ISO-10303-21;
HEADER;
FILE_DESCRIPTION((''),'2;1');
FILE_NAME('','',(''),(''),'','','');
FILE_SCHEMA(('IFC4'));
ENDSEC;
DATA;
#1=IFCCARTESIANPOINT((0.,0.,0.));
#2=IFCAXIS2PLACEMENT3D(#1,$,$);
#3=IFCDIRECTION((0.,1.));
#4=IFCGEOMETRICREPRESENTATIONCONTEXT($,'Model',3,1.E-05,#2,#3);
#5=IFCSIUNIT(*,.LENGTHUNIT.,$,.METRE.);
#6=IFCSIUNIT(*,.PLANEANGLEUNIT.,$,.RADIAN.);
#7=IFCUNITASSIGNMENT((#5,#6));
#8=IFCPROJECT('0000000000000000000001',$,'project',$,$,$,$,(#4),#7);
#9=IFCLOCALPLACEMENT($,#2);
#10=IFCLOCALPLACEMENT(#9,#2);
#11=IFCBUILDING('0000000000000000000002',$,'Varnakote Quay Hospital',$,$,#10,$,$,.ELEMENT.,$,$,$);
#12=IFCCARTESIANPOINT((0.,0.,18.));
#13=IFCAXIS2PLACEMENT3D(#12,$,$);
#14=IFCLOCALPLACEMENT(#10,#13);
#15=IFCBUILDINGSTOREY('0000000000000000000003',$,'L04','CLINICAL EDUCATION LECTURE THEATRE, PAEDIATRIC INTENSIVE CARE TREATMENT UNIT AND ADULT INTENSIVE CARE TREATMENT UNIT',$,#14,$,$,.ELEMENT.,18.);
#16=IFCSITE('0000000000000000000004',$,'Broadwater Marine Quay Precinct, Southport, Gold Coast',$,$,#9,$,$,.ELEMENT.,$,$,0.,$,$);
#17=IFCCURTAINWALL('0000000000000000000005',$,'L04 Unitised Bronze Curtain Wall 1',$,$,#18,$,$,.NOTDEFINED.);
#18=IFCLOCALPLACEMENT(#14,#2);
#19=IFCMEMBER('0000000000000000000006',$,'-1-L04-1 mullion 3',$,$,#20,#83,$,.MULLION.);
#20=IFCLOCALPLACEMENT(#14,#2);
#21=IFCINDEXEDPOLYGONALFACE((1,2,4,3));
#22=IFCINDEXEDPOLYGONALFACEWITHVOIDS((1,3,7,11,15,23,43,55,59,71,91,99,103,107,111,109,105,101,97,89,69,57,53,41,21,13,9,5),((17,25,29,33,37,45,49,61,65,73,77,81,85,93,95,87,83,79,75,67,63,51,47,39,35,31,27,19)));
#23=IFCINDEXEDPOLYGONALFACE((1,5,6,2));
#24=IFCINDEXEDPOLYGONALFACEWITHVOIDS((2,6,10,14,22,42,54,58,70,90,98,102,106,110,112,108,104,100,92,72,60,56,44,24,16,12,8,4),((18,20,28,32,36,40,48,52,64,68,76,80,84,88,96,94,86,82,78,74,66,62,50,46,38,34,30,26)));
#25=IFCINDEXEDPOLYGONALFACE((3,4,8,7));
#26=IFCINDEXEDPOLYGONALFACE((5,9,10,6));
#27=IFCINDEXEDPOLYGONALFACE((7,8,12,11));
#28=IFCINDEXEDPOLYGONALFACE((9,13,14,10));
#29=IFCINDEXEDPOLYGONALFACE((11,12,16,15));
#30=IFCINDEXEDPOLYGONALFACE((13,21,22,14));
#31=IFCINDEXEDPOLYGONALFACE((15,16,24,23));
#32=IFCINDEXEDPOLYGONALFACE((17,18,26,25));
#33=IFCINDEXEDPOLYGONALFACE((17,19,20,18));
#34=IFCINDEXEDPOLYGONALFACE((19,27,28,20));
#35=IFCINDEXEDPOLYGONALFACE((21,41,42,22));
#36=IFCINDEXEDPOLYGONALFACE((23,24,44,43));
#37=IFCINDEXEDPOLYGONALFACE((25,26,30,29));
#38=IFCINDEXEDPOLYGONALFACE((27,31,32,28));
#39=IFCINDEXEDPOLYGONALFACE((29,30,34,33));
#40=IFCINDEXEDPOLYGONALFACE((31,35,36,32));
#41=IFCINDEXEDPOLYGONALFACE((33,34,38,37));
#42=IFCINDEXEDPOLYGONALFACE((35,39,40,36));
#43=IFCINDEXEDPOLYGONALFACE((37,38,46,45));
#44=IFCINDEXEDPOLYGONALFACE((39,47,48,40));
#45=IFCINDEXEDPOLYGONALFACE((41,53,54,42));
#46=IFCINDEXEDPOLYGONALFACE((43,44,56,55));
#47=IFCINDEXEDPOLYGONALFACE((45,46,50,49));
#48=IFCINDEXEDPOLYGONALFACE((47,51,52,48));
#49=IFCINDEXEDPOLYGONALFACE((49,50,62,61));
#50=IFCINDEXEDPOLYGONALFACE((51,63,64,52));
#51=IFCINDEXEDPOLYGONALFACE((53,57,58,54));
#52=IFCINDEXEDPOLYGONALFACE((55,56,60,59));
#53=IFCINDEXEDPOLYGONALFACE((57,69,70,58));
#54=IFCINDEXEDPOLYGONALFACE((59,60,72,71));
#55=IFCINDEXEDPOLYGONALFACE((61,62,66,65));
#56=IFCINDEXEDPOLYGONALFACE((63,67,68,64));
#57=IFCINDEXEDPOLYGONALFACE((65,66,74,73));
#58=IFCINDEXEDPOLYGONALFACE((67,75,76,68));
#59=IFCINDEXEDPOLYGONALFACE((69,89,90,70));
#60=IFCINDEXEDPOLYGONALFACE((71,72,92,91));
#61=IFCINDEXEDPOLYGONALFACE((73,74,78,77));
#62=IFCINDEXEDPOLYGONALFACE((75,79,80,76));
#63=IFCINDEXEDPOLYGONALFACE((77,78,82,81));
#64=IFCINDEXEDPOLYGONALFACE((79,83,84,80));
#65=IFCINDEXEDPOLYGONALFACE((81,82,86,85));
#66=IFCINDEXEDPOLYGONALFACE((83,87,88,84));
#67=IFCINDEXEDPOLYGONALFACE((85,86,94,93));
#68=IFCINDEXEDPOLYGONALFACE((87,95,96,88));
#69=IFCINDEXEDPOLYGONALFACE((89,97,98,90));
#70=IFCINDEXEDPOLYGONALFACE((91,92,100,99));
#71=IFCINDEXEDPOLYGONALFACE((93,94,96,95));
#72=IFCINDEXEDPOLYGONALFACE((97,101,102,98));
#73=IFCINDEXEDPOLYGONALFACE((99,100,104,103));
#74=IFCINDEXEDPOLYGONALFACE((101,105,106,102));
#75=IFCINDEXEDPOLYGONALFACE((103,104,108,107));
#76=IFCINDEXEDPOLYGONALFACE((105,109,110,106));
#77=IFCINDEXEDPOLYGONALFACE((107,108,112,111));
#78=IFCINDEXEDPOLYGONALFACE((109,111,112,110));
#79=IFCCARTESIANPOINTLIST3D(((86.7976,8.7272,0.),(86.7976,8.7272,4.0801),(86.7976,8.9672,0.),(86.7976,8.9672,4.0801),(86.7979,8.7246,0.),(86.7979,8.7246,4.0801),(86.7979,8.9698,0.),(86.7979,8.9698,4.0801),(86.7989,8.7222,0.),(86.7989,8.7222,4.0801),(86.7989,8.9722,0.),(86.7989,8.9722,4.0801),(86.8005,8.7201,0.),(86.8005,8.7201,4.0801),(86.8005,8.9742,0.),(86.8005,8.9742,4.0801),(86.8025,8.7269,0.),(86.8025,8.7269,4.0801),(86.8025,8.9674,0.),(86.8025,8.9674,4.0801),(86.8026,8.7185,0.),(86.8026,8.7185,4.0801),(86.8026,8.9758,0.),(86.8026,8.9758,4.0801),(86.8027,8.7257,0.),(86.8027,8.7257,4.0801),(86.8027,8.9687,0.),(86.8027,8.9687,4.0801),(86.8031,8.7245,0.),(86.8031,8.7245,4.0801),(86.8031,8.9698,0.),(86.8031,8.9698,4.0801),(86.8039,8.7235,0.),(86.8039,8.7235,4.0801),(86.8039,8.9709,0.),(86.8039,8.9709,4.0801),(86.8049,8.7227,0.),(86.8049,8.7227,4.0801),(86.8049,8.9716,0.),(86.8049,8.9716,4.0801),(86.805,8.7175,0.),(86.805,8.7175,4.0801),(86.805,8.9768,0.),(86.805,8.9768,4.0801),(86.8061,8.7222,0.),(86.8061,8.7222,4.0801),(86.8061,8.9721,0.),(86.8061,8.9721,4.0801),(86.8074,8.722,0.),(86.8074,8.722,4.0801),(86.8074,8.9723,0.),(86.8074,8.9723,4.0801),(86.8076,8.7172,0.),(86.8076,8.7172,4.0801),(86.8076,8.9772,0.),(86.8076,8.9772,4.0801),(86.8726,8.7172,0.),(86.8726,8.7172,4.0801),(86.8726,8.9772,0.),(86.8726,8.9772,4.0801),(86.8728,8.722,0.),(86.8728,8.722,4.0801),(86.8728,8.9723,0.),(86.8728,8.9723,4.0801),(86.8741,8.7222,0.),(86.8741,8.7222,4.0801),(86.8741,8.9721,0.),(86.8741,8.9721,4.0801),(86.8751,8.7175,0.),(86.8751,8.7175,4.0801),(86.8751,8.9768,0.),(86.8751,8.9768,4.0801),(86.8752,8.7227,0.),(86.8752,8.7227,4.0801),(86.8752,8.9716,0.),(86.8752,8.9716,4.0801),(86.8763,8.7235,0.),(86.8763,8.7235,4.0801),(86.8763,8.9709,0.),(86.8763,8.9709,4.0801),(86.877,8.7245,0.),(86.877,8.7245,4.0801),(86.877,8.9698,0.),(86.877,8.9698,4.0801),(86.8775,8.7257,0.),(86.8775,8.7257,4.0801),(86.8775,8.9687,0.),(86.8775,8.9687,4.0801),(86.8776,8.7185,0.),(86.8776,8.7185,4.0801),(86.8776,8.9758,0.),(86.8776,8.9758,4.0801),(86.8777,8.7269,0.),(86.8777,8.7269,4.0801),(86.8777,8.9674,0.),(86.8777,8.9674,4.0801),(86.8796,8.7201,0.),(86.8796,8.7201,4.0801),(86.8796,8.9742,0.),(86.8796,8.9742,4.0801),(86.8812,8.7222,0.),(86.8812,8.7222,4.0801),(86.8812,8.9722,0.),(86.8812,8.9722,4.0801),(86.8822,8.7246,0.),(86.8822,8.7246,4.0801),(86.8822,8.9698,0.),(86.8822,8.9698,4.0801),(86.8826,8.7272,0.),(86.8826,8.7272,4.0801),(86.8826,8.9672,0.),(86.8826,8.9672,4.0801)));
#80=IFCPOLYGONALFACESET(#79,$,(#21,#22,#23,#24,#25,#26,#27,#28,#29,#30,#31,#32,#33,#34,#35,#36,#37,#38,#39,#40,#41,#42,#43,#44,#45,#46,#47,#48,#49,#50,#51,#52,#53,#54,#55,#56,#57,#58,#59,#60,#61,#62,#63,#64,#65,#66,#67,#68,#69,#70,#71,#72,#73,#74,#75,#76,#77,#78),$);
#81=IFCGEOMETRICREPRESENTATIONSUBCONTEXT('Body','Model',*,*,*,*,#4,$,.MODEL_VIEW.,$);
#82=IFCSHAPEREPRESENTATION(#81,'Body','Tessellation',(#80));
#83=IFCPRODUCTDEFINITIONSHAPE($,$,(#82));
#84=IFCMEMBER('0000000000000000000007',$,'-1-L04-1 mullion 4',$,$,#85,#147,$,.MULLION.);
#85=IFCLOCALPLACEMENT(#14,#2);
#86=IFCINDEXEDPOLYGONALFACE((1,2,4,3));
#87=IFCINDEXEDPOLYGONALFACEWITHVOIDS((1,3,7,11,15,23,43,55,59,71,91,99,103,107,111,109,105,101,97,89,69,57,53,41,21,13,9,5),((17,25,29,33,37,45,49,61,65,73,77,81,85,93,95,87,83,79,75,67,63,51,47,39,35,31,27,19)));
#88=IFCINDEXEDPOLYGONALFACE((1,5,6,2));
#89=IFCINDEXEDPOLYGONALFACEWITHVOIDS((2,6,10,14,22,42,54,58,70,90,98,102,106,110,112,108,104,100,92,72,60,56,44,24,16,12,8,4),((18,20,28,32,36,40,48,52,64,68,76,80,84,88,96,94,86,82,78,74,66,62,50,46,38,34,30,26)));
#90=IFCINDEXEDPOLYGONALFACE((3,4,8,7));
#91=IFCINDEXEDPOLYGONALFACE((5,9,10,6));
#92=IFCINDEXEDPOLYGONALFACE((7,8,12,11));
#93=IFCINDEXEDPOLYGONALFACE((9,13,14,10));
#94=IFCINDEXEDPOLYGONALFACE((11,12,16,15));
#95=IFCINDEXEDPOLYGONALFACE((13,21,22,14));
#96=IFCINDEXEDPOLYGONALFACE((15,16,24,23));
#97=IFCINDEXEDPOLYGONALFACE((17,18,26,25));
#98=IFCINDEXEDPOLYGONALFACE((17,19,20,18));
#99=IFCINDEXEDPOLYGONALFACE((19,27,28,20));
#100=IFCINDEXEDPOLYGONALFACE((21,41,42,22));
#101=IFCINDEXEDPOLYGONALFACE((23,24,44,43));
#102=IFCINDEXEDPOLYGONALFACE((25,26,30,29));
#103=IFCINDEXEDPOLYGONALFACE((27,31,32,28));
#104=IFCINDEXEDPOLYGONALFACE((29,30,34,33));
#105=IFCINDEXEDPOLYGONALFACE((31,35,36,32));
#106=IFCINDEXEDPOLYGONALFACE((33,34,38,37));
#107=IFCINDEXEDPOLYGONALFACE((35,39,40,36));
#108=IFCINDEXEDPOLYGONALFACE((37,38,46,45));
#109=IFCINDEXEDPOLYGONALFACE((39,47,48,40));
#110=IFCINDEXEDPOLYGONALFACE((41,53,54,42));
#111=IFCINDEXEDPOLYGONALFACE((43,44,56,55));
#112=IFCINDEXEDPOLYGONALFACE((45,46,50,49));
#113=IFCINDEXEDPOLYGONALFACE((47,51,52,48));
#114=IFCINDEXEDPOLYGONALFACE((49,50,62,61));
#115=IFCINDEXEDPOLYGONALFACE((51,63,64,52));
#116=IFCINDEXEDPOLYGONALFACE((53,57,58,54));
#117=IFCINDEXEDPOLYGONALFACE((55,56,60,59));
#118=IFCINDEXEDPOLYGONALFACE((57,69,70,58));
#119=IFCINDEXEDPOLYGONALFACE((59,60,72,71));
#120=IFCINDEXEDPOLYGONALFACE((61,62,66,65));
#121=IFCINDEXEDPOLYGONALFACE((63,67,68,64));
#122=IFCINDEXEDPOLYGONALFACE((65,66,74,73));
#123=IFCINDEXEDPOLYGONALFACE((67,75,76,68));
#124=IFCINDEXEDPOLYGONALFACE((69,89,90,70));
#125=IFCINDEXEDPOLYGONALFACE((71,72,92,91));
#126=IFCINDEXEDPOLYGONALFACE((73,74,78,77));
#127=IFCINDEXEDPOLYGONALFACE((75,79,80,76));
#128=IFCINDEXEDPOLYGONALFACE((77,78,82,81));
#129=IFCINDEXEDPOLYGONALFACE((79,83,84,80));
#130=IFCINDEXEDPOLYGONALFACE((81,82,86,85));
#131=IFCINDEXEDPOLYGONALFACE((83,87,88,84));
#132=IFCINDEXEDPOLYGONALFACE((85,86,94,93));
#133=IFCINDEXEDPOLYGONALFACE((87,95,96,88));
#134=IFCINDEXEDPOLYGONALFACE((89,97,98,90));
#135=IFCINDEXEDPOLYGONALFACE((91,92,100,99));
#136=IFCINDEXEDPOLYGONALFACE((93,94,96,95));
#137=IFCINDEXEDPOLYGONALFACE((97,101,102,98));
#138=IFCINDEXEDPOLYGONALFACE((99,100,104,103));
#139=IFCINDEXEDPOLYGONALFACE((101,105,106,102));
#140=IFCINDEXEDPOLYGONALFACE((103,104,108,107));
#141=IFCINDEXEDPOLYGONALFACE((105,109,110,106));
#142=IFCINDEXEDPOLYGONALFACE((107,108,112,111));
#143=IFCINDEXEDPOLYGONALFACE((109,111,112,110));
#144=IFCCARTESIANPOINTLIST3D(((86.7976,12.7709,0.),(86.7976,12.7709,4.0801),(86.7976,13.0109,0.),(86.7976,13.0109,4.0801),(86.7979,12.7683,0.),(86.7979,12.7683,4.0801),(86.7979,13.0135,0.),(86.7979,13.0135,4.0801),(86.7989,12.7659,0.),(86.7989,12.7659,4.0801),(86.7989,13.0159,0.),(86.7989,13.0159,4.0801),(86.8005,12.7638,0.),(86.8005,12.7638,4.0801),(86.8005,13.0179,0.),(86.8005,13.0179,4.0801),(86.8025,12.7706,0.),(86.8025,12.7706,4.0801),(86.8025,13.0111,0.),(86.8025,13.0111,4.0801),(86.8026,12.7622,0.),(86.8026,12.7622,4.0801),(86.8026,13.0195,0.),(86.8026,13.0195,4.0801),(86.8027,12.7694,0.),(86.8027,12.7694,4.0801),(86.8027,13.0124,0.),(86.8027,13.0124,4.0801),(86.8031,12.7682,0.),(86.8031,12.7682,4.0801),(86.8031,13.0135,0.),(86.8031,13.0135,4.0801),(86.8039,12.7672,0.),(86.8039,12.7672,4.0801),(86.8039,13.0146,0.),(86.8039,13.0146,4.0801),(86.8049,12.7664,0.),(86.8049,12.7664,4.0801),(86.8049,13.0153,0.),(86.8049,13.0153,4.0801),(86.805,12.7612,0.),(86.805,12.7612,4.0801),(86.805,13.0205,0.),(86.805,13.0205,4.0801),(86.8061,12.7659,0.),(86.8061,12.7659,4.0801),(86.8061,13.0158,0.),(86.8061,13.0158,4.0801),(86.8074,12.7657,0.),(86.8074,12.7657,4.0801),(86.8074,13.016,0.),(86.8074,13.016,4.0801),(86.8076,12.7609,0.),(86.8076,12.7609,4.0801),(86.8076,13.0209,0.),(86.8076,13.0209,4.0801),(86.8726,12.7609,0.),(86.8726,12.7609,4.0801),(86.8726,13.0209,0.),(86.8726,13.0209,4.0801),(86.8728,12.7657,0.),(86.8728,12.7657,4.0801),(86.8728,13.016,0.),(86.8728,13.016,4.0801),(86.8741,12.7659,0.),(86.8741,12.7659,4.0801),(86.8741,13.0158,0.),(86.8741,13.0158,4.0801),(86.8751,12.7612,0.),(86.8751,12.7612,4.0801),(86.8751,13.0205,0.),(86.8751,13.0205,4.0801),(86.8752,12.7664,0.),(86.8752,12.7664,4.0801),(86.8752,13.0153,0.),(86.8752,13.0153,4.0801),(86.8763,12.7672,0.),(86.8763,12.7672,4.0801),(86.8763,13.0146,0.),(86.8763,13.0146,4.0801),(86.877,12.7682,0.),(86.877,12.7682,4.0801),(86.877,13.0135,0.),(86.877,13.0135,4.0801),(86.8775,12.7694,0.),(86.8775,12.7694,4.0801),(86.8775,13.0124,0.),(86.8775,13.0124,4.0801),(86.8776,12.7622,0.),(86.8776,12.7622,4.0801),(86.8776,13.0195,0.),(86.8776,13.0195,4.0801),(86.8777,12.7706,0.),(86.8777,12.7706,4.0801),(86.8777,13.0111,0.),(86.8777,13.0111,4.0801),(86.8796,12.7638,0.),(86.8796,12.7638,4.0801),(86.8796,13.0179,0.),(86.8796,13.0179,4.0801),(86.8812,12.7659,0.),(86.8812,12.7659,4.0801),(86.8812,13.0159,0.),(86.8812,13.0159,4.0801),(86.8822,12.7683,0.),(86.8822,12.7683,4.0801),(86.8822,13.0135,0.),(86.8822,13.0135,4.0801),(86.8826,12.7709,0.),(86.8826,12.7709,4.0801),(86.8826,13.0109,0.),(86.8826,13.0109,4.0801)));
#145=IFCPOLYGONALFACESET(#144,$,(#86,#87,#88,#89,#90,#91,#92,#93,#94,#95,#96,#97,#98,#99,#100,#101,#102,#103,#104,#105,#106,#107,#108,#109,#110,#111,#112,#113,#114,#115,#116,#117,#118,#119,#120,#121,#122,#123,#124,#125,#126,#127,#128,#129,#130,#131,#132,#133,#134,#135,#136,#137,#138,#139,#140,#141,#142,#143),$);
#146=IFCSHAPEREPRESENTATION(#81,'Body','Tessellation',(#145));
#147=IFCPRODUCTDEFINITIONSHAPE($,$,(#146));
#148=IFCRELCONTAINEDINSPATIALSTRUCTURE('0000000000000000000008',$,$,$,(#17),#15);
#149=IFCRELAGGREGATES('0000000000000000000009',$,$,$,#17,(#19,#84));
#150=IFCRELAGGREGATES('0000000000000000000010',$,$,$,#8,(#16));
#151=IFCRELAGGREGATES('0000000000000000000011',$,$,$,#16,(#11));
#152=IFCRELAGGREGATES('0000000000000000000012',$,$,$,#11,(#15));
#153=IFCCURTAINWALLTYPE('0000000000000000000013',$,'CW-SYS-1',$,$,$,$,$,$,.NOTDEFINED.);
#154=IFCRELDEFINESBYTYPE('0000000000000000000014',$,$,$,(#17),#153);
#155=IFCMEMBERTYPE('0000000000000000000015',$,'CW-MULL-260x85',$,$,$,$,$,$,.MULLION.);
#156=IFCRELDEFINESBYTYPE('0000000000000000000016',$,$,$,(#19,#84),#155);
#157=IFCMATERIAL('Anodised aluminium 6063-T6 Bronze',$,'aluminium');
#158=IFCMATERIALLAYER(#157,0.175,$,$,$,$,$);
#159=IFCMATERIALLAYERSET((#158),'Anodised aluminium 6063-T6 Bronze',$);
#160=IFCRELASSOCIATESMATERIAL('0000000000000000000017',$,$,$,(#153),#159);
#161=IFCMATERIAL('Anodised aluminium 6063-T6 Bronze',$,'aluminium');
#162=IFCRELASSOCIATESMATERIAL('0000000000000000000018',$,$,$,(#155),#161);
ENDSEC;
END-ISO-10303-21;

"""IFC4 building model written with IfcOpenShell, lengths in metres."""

from ifc_helpers import new_model, si_unit, direction, frame, origin, origin_2d, place, context, subcontext, project, spatial, hollow_rectangle, extrude, material, layer, layer_set, material_profile, profile_set, type_object, element, aggregate, save


model = new_model("IFC4")

# Units and contexts
model_context = context("Model", 3, precision=1e-05, world=origin(), true_north=direction((0.0, 1.0)))
body_context = subcontext(model_context, "Body", "Model", "MODEL_VIEW")
ifc_project = project(units=[si_unit("LENGTHUNIT", "METRE"), si_unit("PLANEANGLEUNIT", "RADIAN")], contexts=[model_context])

# Site, building, storey
site_placement = place(None, origin())
site = spatial("IfcSite", under=ifc_project, at=site_placement, Name="Broadwater Marine Quay Precinct, Southport, Gold Coast", CompositionType="ELEMENT", RefElevation=0.0)
building_placement = place(site_placement, origin())
building = spatial("IfcBuilding", under=site, at=building_placement, Name="Varnakote Quay Hospital", CompositionType="ELEMENT")
storey_placement = place(building_placement, frame((0.0, 0.0, 18.0)))
storey = spatial("IfcBuildingStorey", under=building, at=storey_placement, Name="L04", Description="CLINICAL EDUCATION LECTURE THEATRE, PAEDIATRIC INTENSIVE CARE TREATMENT UNIT AND ADULT INTENSIVE CARE TREATMENT UNIT", CompositionType="ELEMENT", Elevation=18.0)

# Curtain wall, members
ifc_material_1 = material(Name="Anodised aluminium 6063-T6 Bronze", Category="aluminium")
ifc_layer_1 = layer(ifc_material_1, 0.175)
ifc_layer_set_1 = layer_set([ifc_layer_1], Name="Anodised aluminium 6063-T6 Bronze")
curtain_wall_type = type_object("IfcCurtainWallType", Name="CW-SYS-1", PredefinedType="NOTDEFINED", material=ifc_layer_set_1)
curtain_wall_placement = place(storey_placement, origin())
curtain_wall = element("IfcCurtainWall", 1, at=curtain_wall_placement, inside=storey, type_object=curtain_wall_type, Name="L04 Unitised Bronze Curtain Wall 1", PredefinedType="NOTDEFINED")
ifc_material_2 = material(Name="Anodised aluminium 6063-T6 Bronze", Category="aluminium")
ifc_material_profile_1 = material_profile(ifc_material_2, hollow_rectangle(XDim=0.085, YDim=0.26, WallThickness=0.0049, InnerFilletRadius=0.0049, OuterFilletRadius=0.01, at=origin_2d()), Name="CW-MULL-260x85")
ifc_profile_set_1 = profile_set([ifc_material_profile_1], Name="Anodised aluminium 6063-T6 Bronze")
member_type_1 = type_object("IfcMemberType", Name="CW-MULL-260x85", PredefinedType="MULLION", material=ifc_profile_set_1)
member_1_placement = place(storey_placement, frame((86.8401, 8.8472, 0.0), z_axis=(0.0, 0.0, 1.0), x_axis=(-1.0, 0.0, 0.0)))
member_1 = element("IfcMember", 2, at=member_1_placement, type_object=member_type_1, Name="-1-L04-1 mullion 3", PredefinedType="MULLION", context=body_context, shape_type="SweptSolid", body=[
    extrude(hollow_rectangle(XDim=0.085, YDim=0.26, WallThickness=0.0049, InnerFilletRadius=0.0049, OuterFilletRadius=0.01, at=origin_2d()), origin(), (0.0, 0.0, 1.0), 4.0801),
])
member_2_placement = place(storey_placement, frame((86.8401, 12.8909, 0.0), z_axis=(0.0, 0.0, 1.0), x_axis=(-1.0, 0.0, 0.0)))
member_2 = element("IfcMember", 3, at=member_2_placement, type_object=member_type_1, Name="-1-L04-1 mullion 4", PredefinedType="MULLION", context=body_context, shape_type="SweptSolid", body=[
    extrude(hollow_rectangle(XDim=0.085, YDim=0.26, WallThickness=0.0049, InnerFilletRadius=0.0049, OuterFilletRadius=0.01, at=origin_2d()), origin(), (0.0, 0.0, 1.0), 4.0801),
])
aggregate(curtain_wall, [member_1, member_2])

save(model, "model.ifc")
